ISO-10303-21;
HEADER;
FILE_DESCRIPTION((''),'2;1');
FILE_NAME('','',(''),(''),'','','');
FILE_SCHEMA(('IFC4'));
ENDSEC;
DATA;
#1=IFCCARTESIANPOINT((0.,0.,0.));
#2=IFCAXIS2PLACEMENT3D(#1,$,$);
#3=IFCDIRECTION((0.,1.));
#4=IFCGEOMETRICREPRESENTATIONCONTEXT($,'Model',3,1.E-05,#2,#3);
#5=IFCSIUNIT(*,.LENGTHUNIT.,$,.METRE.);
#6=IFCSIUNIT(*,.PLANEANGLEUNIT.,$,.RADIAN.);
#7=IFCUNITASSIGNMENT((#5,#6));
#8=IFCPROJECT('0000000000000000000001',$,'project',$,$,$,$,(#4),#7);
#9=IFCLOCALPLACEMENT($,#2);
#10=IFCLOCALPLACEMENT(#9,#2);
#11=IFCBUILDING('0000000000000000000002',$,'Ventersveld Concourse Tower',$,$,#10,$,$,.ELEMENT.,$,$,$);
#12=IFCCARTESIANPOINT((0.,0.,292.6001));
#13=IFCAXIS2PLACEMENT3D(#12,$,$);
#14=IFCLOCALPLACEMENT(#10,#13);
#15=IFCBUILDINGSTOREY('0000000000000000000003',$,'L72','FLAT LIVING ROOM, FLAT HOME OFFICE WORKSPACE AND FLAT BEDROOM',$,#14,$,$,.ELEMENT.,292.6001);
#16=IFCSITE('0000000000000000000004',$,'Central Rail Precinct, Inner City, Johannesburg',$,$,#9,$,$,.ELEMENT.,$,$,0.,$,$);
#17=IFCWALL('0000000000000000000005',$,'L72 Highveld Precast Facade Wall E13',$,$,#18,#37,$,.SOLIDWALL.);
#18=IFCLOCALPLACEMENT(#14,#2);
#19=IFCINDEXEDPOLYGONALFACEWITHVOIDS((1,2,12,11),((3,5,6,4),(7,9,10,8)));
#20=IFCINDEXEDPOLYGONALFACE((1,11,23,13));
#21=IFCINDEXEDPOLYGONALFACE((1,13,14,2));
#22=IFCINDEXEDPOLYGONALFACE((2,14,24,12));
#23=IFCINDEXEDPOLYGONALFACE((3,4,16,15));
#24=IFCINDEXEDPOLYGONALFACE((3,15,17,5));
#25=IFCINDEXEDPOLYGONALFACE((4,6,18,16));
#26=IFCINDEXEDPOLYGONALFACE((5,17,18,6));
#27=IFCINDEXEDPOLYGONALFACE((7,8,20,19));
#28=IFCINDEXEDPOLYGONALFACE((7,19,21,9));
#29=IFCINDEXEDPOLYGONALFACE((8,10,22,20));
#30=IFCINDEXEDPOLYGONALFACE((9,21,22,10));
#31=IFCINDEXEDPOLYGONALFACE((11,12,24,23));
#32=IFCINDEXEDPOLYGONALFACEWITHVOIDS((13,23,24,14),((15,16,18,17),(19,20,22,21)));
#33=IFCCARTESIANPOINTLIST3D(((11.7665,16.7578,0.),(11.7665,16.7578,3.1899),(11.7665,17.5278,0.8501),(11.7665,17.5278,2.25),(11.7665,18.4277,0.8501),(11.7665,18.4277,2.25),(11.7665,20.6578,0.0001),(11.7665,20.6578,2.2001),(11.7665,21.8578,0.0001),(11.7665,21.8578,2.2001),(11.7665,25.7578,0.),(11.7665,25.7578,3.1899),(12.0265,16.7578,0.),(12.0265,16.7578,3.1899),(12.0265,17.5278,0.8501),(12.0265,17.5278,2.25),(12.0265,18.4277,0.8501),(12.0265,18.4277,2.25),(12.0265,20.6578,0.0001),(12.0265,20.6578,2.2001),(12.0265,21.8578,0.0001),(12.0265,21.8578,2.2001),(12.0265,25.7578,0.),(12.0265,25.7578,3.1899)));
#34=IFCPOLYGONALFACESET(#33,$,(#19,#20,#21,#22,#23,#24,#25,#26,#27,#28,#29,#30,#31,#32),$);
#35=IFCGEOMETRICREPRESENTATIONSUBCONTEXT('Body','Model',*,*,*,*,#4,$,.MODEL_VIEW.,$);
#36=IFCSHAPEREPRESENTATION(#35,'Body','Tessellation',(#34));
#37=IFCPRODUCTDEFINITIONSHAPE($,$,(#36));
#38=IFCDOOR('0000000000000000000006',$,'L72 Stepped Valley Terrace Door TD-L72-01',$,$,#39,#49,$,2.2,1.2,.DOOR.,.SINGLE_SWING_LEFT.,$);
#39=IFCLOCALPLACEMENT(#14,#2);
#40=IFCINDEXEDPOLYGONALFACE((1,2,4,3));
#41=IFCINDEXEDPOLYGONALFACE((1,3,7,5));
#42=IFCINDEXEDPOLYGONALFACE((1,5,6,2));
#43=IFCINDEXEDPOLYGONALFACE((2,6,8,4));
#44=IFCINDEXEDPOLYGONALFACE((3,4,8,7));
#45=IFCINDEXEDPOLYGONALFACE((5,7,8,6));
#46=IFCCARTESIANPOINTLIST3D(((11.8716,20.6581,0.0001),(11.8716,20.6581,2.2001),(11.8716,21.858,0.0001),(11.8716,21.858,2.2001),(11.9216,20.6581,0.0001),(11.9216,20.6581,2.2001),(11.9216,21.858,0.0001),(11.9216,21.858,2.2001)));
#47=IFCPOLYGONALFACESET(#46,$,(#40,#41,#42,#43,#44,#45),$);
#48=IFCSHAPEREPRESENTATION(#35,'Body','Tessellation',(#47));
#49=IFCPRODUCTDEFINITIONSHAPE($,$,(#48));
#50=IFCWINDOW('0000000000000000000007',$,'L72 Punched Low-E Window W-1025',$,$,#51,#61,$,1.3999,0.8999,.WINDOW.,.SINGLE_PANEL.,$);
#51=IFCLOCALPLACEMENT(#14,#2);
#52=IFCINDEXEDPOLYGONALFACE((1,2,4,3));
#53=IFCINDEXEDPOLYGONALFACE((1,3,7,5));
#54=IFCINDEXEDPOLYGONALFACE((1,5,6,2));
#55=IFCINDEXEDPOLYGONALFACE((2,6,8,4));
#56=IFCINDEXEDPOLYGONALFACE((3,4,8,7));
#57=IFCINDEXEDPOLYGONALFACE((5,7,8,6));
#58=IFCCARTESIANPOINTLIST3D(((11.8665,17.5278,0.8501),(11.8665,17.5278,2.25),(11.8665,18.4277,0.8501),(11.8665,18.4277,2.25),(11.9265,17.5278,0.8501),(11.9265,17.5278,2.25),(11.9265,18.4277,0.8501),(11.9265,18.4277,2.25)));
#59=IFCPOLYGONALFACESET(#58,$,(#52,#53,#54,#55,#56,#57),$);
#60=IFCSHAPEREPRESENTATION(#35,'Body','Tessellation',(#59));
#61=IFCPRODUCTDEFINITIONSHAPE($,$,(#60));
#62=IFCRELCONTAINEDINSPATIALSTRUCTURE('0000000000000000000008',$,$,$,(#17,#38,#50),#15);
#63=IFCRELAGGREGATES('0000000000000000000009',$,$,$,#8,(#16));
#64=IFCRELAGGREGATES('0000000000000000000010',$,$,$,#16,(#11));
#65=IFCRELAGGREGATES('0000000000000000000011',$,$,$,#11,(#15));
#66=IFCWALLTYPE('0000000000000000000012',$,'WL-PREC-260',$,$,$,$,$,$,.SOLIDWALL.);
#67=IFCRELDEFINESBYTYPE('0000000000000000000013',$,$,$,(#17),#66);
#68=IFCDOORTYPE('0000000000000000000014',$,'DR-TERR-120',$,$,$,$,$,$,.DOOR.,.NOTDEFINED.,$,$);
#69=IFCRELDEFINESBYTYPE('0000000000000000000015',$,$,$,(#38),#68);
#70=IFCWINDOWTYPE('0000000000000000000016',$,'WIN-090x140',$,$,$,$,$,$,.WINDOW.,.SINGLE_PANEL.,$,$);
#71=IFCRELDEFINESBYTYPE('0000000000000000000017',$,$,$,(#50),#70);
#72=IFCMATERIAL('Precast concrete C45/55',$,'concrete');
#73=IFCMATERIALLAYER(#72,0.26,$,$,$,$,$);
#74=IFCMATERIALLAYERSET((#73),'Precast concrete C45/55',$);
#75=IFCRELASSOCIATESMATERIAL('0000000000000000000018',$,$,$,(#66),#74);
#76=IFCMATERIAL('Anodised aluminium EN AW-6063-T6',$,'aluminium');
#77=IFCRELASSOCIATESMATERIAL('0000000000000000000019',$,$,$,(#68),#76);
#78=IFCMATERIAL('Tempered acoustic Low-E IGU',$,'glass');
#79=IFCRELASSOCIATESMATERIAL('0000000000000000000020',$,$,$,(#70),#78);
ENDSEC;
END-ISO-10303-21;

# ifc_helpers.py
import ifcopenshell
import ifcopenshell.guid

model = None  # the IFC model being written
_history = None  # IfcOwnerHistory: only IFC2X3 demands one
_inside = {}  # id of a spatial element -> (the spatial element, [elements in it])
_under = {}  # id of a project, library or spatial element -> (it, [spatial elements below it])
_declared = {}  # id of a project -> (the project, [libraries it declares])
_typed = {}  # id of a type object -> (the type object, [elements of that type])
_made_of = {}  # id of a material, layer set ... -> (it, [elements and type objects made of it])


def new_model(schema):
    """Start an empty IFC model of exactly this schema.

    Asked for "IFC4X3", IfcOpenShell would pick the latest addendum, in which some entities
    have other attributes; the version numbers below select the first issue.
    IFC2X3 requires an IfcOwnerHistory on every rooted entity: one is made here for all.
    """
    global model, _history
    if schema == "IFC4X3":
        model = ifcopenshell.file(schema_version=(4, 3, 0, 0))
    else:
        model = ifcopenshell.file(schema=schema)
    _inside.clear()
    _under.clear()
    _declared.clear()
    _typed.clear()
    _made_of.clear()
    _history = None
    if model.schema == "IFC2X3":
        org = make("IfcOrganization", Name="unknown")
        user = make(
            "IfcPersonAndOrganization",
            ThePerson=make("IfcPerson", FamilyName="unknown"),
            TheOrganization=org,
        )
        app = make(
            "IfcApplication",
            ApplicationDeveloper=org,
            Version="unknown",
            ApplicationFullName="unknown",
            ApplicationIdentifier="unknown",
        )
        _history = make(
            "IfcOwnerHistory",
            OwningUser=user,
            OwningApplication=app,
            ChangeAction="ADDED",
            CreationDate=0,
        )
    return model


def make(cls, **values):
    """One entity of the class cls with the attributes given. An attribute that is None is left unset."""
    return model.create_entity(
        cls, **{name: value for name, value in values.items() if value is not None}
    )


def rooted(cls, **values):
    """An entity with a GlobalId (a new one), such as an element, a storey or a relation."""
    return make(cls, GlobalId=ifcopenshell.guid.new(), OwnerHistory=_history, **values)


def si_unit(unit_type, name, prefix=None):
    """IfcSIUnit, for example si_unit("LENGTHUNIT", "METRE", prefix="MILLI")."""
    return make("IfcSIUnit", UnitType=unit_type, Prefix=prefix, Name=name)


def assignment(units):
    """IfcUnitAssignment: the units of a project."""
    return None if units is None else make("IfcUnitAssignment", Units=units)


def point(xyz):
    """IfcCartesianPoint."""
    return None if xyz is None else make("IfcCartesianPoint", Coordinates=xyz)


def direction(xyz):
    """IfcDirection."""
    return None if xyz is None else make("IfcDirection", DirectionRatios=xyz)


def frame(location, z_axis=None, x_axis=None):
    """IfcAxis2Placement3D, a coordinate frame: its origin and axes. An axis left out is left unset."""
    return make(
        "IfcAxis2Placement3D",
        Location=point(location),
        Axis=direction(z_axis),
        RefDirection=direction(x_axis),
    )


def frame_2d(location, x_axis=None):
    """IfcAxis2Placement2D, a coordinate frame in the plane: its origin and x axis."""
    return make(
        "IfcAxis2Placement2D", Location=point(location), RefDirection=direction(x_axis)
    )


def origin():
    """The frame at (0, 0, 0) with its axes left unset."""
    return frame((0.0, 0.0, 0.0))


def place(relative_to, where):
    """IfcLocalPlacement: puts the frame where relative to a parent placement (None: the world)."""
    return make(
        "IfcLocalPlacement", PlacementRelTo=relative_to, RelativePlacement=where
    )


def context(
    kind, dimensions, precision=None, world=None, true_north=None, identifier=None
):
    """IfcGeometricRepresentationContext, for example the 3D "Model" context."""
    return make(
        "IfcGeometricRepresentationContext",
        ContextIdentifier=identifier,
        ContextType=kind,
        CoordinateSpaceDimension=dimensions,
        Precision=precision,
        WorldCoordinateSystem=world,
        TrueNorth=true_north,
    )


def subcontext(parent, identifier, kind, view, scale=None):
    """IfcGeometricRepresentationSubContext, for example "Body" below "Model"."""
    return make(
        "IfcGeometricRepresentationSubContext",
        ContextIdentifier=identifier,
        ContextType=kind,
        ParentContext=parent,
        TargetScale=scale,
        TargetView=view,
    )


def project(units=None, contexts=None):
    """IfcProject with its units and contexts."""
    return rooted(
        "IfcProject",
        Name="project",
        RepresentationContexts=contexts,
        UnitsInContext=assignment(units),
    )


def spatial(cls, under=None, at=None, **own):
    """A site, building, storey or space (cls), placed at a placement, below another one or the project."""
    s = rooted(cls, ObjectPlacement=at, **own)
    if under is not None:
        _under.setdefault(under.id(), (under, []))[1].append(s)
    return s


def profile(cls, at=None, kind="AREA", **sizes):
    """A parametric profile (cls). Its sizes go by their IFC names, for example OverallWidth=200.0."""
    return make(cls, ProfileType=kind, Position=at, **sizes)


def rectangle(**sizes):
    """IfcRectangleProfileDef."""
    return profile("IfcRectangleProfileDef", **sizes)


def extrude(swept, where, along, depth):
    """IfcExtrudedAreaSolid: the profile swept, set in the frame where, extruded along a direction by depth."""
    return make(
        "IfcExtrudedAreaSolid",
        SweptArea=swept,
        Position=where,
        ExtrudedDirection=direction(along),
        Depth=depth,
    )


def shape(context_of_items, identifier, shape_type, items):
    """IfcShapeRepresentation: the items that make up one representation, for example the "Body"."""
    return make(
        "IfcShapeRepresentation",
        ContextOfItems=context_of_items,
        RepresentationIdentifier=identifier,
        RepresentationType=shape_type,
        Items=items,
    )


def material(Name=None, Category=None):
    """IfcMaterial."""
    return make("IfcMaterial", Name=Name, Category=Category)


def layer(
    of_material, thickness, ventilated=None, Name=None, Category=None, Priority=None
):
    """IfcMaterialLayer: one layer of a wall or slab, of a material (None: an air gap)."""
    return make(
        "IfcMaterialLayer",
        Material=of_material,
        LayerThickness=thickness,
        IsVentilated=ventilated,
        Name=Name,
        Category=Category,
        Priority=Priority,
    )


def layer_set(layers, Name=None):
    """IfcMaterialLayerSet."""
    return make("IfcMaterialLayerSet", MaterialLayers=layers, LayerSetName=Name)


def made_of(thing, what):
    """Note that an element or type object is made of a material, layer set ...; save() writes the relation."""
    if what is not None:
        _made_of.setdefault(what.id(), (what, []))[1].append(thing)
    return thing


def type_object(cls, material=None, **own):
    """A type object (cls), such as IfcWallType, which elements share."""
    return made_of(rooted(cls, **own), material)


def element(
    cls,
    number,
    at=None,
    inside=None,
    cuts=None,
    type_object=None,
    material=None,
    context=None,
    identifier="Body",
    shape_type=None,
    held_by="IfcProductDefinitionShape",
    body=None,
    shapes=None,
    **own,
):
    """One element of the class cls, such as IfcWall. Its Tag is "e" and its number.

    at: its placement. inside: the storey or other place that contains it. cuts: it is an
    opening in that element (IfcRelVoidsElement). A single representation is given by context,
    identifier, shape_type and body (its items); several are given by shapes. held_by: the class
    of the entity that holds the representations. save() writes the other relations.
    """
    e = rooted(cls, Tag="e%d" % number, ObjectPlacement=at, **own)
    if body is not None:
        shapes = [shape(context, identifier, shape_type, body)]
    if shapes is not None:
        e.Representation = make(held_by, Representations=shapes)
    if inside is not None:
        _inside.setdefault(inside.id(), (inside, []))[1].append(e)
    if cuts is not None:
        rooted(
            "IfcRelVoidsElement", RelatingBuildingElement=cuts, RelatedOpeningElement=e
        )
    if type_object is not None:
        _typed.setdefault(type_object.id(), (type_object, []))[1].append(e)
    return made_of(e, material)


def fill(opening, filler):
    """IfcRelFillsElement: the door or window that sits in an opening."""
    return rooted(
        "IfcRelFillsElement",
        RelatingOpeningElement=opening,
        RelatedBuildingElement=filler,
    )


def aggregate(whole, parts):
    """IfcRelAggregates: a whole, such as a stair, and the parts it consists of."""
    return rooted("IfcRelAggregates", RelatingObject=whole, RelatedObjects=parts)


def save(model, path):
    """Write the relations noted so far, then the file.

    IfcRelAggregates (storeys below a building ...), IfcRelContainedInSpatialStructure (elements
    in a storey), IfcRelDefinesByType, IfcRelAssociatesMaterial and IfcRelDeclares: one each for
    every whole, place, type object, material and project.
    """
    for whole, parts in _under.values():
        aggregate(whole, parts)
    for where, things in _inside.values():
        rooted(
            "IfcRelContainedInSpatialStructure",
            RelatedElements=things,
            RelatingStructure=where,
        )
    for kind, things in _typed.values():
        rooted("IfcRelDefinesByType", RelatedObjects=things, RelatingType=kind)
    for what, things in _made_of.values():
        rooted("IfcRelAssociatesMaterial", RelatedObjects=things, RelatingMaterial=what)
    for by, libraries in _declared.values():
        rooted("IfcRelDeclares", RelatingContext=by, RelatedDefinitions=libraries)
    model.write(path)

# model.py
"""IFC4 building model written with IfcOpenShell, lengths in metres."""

from ifc_helpers import new_model, si_unit, direction, frame, frame_2d, origin, place, context, subcontext, project, spatial, rectangle, extrude, material, layer, layer_set, type_object, element, fill, save


model = new_model("IFC4")

# Units and contexts
model_context = context("Model", 3, precision=1e-05, world=origin(), true_north=direction((0.0, 1.0)))
body_context = subcontext(model_context, "Body", "Model", "MODEL_VIEW")
ifc_project = project(units=[si_unit("LENGTHUNIT", "METRE"), si_unit("PLANEANGLEUNIT", "RADIAN")], contexts=[model_context])

# Site, building, storey
site_placement = place(None, origin())
site = spatial("IfcSite", under=ifc_project, at=site_placement, Name="Central Rail Precinct, Inner City, Johannesburg", CompositionType="ELEMENT", RefElevation=0.0)
building_placement = place(site_placement, origin())
building = spatial("IfcBuilding", under=site, at=building_placement, Name="Ventersveld Concourse Tower", CompositionType="ELEMENT")
storey_placement = place(building_placement, frame((0.0, 0.0, 292.6001)))
storey = spatial("IfcBuildingStorey", under=building, at=storey_placement, Name="L72", Description="FLAT LIVING ROOM, FLAT HOME OFFICE WORKSPACE AND FLAT BEDROOM", CompositionType="ELEMENT", Elevation=292.6001)

# Shared definitions
ifc_material_1 = material(Name="Precast concrete C45/55", Category="concrete")
ifc_layer_1 = layer(ifc_material_1, 0.26)
ifc_layer_set_1 = layer_set([ifc_layer_1], Name="Precast concrete C45/55")
wall_type_1 = type_object("IfcWallType", Name="WL-PREC-260", PredefinedType="SOLIDWALL", material=ifc_layer_set_1)

# Wall, openings, door, window
wall_1_placement = place(storey_placement, frame((11.8965, 25.7578, 0.0), z_axis=(0.0, 0.0, 1.0), x_axis=(0.0, -1.0, 0.0)))
wall_1 = element("IfcWall", 1, at=wall_1_placement, inside=storey, type_object=wall_type_1, Name="L72 Highveld Precast Facade Wall E13", PredefinedType="SOLIDWALL", context=body_context, shape_type="SweptSolid", body=[
    extrude(rectangle(XDim=9.0, YDim=0.26, at=frame_2d((4.5, 0.0))), origin(), (0.0, 0.0, 1.0), 3.1899),
])
opening_1_placement = place(wall_1_placement, frame((3.8999, 0.0, 0.0)))
opening_1 = element("IfcOpeningElement", 2, at=opening_1_placement, cuts=wall_1, PredefinedType="OPENING", context=body_context, shape_type="SweptSolid", body=[
    extrude(rectangle(XDim=1.2, YDim=2.2, at=frame_2d((0.6001, 1.1001))), frame((0.0, 0.1401, 0.0), z_axis=(0.0, -1.0, 0.0), x_axis=(1.0, 0.0, 0.0)), (0.0, 0.0, 1.0), 0.28),
])
opening_2_placement = place(wall_1_placement, frame((7.3301, 0.0, 0.8501)))
opening_2 = element("IfcOpeningElement", 3, at=opening_2_placement, cuts=wall_1, PredefinedType="OPENING", context=body_context, shape_type="SweptSolid", body=[
    extrude(rectangle(XDim=0.8999, YDim=1.3999, at=frame_2d((0.45, 0.7))), frame((0.0, 0.1401, 0.0), z_axis=(0.0, -1.0, 0.0), x_axis=(1.0, 0.0, 0.0)), (0.0, 0.0, 1.0), 0.28),
])
ifc_material_2 = material(Name="Anodised aluminium EN AW-6063-T6", Category="aluminium")
door_type_1 = type_object("IfcDoorType", Name="DR-TERR-120", OperationType="NOTDEFINED", PredefinedType="DOOR", material=ifc_material_2)
door_1_placement = place(opening_1_placement, frame((1.2, 0.0, 0.0), z_axis=(0.0, 0.0, 1.0), x_axis=(-1.0, 0.0, 0.0)))
door_1 = element("IfcDoor", 4, at=door_1_placement, inside=storey, type_object=door_type_1, Name="L72 Stepped Valley Terrace Door TD-L72-01", OperationType="SINGLE_SWING_LEFT", OverallHeight=2.2, OverallWidth=1.2, PredefinedType="DOOR", context=body_context, shape_type="SweptSolid", body=[
    extrude(rectangle(XDim=1.2, YDim=2.2, at=frame_2d((0.6001, 1.1001))), frame((0.0, 0.0249, 0.0), z_axis=(0.0, -1.0, 0.0), x_axis=(1.0, 0.0, 0.0)), (0.0, 0.0, 1.0), 0.05),
])
fill(opening_1, door_1)
ifc_material_3 = material(Name="Tempered acoustic Low-E IGU", Category="glass")
window_type = type_object("IfcWindowType", Name="WIN-090x140", PartitioningType="SINGLE_PANEL", PredefinedType="WINDOW", material=ifc_material_3)
window_placement = place(opening_2_placement, origin())
window = element("IfcWindow", 5, at=window_placement, inside=storey, type_object=window_type, Name="L72 Punched Low-E Window W-1025", OverallHeight=1.3999, OverallWidth=0.8999, PartitioningType="SINGLE_PANEL", PredefinedType="WINDOW", context=body_context, shape_type="SweptSolid", body=[
    extrude(rectangle(XDim=0.8999, YDim=1.3999, at=frame_2d((0.45, 0.7))), frame((0.0, 0.03, 0.0), z_axis=(0.0, -1.0, 0.0), x_axis=(1.0, 0.0, 0.0)), (0.0, 0.0, 1.0), 0.0601),
])
fill(opening_2, window)

save(model, "model.ifc")
